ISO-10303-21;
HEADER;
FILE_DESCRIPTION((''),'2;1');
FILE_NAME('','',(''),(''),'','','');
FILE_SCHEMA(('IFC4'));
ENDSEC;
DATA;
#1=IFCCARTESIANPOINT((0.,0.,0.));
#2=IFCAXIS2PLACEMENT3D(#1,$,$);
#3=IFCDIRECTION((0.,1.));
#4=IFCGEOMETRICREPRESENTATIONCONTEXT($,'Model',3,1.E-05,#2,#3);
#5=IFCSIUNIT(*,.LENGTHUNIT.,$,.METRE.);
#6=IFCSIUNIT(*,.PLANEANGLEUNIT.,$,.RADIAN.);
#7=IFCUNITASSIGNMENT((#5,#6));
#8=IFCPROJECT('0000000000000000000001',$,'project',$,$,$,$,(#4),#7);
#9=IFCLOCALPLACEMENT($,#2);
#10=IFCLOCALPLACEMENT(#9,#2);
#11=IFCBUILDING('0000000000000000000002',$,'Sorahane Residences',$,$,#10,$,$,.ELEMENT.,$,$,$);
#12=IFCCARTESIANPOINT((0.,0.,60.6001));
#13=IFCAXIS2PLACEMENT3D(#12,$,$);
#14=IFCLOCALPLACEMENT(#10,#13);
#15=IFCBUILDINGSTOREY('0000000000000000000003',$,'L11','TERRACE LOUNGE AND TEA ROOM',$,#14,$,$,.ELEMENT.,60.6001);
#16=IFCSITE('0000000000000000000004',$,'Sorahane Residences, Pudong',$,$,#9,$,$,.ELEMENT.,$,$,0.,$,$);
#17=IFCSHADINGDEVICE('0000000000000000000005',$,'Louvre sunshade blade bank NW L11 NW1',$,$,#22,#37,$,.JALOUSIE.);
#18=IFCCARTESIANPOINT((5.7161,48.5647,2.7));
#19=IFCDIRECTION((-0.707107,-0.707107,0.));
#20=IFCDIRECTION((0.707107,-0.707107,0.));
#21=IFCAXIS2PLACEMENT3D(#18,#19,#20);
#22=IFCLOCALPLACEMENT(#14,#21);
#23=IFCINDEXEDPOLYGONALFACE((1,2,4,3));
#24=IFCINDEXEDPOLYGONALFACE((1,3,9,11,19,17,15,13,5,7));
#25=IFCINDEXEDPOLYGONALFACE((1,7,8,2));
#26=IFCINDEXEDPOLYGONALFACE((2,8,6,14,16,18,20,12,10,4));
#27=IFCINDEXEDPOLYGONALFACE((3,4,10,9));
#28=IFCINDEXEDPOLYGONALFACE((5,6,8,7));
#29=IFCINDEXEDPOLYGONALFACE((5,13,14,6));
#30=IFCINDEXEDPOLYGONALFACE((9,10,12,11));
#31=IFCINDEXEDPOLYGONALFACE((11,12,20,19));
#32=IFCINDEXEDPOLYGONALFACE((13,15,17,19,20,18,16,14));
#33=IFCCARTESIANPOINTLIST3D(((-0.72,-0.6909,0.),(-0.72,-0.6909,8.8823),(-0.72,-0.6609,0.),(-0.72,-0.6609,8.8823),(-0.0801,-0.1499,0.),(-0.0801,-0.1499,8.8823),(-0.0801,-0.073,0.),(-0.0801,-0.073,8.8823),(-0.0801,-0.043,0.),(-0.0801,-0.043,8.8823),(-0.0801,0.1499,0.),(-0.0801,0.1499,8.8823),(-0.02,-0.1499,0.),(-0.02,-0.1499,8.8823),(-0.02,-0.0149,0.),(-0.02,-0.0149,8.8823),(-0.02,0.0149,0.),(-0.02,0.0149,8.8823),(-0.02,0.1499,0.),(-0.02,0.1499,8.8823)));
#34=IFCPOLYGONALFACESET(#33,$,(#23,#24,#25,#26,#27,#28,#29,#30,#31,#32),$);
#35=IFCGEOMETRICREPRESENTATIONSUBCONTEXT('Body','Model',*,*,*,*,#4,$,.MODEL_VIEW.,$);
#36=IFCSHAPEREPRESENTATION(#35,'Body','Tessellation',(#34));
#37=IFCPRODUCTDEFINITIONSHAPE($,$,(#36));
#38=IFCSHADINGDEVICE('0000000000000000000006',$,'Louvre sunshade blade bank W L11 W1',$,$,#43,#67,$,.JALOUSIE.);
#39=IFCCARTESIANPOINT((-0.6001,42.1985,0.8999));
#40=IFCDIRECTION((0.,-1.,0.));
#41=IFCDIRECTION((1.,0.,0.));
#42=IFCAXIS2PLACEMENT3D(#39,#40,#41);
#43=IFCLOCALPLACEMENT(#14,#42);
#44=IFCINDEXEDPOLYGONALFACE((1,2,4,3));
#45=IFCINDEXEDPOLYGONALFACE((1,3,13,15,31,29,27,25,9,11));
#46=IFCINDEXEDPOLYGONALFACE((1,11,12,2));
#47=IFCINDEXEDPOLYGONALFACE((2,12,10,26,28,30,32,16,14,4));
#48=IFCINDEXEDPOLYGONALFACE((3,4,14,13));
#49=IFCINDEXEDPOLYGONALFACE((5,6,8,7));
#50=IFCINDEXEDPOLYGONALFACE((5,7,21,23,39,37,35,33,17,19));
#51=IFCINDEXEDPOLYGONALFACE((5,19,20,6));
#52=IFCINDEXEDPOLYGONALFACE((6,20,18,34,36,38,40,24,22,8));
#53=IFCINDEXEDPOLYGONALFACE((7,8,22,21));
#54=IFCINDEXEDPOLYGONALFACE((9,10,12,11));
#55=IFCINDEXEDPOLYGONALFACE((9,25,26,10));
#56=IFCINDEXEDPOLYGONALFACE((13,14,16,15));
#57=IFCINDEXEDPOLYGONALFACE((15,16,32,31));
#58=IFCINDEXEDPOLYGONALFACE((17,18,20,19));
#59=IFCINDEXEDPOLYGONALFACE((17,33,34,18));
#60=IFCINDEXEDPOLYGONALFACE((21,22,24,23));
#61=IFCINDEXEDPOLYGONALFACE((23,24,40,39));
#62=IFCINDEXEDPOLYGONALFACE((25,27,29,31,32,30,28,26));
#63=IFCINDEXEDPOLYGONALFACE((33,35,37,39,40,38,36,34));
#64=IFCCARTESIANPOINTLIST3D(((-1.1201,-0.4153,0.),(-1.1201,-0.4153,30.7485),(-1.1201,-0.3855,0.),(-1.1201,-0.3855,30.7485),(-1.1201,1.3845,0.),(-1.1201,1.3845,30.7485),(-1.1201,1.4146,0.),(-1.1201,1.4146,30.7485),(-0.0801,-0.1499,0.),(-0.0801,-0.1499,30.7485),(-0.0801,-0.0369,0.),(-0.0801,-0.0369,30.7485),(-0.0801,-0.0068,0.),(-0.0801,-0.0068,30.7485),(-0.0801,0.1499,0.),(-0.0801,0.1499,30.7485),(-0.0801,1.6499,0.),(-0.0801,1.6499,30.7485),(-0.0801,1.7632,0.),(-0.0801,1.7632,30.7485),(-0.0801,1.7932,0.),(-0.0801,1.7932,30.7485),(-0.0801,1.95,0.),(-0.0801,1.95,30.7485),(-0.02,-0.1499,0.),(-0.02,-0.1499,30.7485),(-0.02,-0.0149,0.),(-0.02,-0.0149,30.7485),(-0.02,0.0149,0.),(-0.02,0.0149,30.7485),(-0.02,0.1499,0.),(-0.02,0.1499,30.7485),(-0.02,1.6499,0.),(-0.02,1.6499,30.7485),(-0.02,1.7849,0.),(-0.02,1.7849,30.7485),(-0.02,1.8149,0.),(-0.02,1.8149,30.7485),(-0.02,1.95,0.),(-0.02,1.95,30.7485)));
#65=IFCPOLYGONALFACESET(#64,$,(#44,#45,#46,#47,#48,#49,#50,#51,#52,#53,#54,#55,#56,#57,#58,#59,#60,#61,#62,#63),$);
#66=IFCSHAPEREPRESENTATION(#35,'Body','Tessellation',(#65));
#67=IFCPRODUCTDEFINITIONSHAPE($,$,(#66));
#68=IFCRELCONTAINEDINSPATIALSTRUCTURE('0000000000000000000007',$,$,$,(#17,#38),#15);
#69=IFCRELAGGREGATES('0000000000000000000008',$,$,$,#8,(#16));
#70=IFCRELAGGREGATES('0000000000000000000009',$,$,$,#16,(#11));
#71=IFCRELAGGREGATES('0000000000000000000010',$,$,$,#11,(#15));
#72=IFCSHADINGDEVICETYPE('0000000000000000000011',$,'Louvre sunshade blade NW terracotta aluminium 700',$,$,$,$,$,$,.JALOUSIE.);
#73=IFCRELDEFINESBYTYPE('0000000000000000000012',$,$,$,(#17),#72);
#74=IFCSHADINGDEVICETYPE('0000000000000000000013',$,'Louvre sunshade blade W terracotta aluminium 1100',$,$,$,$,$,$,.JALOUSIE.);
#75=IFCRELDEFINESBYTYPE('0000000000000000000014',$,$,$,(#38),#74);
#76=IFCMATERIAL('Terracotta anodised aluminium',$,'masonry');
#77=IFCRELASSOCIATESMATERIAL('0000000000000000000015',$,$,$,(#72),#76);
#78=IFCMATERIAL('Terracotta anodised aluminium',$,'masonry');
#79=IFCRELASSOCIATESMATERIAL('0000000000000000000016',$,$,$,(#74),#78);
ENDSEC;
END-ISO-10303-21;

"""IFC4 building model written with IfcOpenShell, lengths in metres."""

from ifc_helpers import new_model, si_unit, direction, frame, origin, place, context, subcontext, project, spatial, polyline, outline, composite_profile, extrude, material, type_object, element, save


model = new_model("IFC4")

# Units and contexts
model_context = context("Model", 3, precision=1e-05, world=origin(), true_north=direction((0.0, 1.0)))
body_context = subcontext(model_context, "Body", "Model", "MODEL_VIEW")
ifc_project = project(units=[si_unit("LENGTHUNIT", "METRE"), si_unit("PLANEANGLEUNIT", "RADIAN")], contexts=[model_context])

# Site, building, storey
site_placement = place(None, origin())
site = spatial("IfcSite", under=ifc_project, at=site_placement, Name="Sorahane Residences, Pudong", CompositionType="ELEMENT", RefElevation=0.0)
building_placement = place(site_placement, origin())
building = spatial("IfcBuilding", under=site, at=building_placement, Name="Sorahane Residences", CompositionType="ELEMENT")
storey_placement = place(building_placement, frame((0.0, 0.0, 60.6001)))
storey = spatial("IfcBuildingStorey", under=building, at=storey_placement, Name="L11", Description="TERRACE LOUNGE AND TEA ROOM", CompositionType="ELEMENT", Elevation=60.6001)

# Shading devices
ifc_material_1 = material(Name="Terracotta anodised aluminium", Category="masonry")
shading_device_type_1 = type_object("IfcShadingDeviceType", Name="Louvre sunshade blade NW terracotta aluminium 700", PredefinedType="JALOUSIE", material=ifc_material_1)
shading_device_1_placement = place(storey_placement, frame((5.7161, 48.5647, 2.7), z_axis=(-0.707107, -0.707107, 0.0), x_axis=(0.707107, -0.707107, 0.0)))
element("IfcShadingDevice", 1, at=shading_device_1_placement, inside=storey, type_object=shading_device_type_1, Name="Louvre sunshade blade bank NW L11 NW1", PredefinedType="JALOUSIE", context=body_context, shape_type="SweptSolid", body=[
    extrude(outline(polyline([(-0.72, -0.6609), (-0.72, -0.6909), (-0.0801, -0.073), (-0.0801, -0.1499), (-0.02, -0.1499), (-0.02, -0.0149), (-0.02, 0.0149), (-0.02, 0.1499), (-0.0801, 0.1499), (-0.0801, -0.043), (-0.72, -0.6609)])), origin(), (0.0, 0.0, 1.0), 8.8823),
])
ifc_material_2 = material(Name="Terracotta anodised aluminium", Category="masonry")
shading_device_type_2 = type_object("IfcShadingDeviceType", Name="Louvre sunshade blade W terracotta aluminium 1100", PredefinedType="JALOUSIE", material=ifc_material_2)
shading_device_2_placement = place(storey_placement, frame((-0.6001, 42.1985, 0.8999), z_axis=(0.0, -1.0, 0.0), x_axis=(1.0, 0.0, 0.0)))
element("IfcShadingDevice", 2, at=shading_device_2_placement, inside=storey, type_object=shading_device_type_2, Name="Louvre sunshade blade bank W L11 W1", PredefinedType="JALOUSIE", context=body_context, shape_type="SweptSolid", body=[
    extrude(composite_profile([outline(polyline([(-1.1201, -0.3855), (-1.1201, -0.4153), (-0.0801, -0.0369), (-0.0801, -0.1499), (-0.02, -0.1499), (-0.02, -0.0149), (-0.02, 0.0149), (-0.02, 0.1499), (-0.0801, 0.1499), (-0.0801, -0.0068), (-1.1201, -0.3855)])), outline(polyline([(-1.1201, 1.4146), (-1.1201, 1.3845), (-0.0801, 1.7632), (-0.0801, 1.6499), (-0.02, 1.6499), (-0.02, 1.7849), (-0.02, 1.8149), (-0.02, 1.95), (-0.0801, 1.95), (-0.0801, 1.7932), (-1.1201, 1.4146)]))]), origin(), (0.0, 0.0, 1.0), 30.7485),
])

save(model, "model.ifc")
